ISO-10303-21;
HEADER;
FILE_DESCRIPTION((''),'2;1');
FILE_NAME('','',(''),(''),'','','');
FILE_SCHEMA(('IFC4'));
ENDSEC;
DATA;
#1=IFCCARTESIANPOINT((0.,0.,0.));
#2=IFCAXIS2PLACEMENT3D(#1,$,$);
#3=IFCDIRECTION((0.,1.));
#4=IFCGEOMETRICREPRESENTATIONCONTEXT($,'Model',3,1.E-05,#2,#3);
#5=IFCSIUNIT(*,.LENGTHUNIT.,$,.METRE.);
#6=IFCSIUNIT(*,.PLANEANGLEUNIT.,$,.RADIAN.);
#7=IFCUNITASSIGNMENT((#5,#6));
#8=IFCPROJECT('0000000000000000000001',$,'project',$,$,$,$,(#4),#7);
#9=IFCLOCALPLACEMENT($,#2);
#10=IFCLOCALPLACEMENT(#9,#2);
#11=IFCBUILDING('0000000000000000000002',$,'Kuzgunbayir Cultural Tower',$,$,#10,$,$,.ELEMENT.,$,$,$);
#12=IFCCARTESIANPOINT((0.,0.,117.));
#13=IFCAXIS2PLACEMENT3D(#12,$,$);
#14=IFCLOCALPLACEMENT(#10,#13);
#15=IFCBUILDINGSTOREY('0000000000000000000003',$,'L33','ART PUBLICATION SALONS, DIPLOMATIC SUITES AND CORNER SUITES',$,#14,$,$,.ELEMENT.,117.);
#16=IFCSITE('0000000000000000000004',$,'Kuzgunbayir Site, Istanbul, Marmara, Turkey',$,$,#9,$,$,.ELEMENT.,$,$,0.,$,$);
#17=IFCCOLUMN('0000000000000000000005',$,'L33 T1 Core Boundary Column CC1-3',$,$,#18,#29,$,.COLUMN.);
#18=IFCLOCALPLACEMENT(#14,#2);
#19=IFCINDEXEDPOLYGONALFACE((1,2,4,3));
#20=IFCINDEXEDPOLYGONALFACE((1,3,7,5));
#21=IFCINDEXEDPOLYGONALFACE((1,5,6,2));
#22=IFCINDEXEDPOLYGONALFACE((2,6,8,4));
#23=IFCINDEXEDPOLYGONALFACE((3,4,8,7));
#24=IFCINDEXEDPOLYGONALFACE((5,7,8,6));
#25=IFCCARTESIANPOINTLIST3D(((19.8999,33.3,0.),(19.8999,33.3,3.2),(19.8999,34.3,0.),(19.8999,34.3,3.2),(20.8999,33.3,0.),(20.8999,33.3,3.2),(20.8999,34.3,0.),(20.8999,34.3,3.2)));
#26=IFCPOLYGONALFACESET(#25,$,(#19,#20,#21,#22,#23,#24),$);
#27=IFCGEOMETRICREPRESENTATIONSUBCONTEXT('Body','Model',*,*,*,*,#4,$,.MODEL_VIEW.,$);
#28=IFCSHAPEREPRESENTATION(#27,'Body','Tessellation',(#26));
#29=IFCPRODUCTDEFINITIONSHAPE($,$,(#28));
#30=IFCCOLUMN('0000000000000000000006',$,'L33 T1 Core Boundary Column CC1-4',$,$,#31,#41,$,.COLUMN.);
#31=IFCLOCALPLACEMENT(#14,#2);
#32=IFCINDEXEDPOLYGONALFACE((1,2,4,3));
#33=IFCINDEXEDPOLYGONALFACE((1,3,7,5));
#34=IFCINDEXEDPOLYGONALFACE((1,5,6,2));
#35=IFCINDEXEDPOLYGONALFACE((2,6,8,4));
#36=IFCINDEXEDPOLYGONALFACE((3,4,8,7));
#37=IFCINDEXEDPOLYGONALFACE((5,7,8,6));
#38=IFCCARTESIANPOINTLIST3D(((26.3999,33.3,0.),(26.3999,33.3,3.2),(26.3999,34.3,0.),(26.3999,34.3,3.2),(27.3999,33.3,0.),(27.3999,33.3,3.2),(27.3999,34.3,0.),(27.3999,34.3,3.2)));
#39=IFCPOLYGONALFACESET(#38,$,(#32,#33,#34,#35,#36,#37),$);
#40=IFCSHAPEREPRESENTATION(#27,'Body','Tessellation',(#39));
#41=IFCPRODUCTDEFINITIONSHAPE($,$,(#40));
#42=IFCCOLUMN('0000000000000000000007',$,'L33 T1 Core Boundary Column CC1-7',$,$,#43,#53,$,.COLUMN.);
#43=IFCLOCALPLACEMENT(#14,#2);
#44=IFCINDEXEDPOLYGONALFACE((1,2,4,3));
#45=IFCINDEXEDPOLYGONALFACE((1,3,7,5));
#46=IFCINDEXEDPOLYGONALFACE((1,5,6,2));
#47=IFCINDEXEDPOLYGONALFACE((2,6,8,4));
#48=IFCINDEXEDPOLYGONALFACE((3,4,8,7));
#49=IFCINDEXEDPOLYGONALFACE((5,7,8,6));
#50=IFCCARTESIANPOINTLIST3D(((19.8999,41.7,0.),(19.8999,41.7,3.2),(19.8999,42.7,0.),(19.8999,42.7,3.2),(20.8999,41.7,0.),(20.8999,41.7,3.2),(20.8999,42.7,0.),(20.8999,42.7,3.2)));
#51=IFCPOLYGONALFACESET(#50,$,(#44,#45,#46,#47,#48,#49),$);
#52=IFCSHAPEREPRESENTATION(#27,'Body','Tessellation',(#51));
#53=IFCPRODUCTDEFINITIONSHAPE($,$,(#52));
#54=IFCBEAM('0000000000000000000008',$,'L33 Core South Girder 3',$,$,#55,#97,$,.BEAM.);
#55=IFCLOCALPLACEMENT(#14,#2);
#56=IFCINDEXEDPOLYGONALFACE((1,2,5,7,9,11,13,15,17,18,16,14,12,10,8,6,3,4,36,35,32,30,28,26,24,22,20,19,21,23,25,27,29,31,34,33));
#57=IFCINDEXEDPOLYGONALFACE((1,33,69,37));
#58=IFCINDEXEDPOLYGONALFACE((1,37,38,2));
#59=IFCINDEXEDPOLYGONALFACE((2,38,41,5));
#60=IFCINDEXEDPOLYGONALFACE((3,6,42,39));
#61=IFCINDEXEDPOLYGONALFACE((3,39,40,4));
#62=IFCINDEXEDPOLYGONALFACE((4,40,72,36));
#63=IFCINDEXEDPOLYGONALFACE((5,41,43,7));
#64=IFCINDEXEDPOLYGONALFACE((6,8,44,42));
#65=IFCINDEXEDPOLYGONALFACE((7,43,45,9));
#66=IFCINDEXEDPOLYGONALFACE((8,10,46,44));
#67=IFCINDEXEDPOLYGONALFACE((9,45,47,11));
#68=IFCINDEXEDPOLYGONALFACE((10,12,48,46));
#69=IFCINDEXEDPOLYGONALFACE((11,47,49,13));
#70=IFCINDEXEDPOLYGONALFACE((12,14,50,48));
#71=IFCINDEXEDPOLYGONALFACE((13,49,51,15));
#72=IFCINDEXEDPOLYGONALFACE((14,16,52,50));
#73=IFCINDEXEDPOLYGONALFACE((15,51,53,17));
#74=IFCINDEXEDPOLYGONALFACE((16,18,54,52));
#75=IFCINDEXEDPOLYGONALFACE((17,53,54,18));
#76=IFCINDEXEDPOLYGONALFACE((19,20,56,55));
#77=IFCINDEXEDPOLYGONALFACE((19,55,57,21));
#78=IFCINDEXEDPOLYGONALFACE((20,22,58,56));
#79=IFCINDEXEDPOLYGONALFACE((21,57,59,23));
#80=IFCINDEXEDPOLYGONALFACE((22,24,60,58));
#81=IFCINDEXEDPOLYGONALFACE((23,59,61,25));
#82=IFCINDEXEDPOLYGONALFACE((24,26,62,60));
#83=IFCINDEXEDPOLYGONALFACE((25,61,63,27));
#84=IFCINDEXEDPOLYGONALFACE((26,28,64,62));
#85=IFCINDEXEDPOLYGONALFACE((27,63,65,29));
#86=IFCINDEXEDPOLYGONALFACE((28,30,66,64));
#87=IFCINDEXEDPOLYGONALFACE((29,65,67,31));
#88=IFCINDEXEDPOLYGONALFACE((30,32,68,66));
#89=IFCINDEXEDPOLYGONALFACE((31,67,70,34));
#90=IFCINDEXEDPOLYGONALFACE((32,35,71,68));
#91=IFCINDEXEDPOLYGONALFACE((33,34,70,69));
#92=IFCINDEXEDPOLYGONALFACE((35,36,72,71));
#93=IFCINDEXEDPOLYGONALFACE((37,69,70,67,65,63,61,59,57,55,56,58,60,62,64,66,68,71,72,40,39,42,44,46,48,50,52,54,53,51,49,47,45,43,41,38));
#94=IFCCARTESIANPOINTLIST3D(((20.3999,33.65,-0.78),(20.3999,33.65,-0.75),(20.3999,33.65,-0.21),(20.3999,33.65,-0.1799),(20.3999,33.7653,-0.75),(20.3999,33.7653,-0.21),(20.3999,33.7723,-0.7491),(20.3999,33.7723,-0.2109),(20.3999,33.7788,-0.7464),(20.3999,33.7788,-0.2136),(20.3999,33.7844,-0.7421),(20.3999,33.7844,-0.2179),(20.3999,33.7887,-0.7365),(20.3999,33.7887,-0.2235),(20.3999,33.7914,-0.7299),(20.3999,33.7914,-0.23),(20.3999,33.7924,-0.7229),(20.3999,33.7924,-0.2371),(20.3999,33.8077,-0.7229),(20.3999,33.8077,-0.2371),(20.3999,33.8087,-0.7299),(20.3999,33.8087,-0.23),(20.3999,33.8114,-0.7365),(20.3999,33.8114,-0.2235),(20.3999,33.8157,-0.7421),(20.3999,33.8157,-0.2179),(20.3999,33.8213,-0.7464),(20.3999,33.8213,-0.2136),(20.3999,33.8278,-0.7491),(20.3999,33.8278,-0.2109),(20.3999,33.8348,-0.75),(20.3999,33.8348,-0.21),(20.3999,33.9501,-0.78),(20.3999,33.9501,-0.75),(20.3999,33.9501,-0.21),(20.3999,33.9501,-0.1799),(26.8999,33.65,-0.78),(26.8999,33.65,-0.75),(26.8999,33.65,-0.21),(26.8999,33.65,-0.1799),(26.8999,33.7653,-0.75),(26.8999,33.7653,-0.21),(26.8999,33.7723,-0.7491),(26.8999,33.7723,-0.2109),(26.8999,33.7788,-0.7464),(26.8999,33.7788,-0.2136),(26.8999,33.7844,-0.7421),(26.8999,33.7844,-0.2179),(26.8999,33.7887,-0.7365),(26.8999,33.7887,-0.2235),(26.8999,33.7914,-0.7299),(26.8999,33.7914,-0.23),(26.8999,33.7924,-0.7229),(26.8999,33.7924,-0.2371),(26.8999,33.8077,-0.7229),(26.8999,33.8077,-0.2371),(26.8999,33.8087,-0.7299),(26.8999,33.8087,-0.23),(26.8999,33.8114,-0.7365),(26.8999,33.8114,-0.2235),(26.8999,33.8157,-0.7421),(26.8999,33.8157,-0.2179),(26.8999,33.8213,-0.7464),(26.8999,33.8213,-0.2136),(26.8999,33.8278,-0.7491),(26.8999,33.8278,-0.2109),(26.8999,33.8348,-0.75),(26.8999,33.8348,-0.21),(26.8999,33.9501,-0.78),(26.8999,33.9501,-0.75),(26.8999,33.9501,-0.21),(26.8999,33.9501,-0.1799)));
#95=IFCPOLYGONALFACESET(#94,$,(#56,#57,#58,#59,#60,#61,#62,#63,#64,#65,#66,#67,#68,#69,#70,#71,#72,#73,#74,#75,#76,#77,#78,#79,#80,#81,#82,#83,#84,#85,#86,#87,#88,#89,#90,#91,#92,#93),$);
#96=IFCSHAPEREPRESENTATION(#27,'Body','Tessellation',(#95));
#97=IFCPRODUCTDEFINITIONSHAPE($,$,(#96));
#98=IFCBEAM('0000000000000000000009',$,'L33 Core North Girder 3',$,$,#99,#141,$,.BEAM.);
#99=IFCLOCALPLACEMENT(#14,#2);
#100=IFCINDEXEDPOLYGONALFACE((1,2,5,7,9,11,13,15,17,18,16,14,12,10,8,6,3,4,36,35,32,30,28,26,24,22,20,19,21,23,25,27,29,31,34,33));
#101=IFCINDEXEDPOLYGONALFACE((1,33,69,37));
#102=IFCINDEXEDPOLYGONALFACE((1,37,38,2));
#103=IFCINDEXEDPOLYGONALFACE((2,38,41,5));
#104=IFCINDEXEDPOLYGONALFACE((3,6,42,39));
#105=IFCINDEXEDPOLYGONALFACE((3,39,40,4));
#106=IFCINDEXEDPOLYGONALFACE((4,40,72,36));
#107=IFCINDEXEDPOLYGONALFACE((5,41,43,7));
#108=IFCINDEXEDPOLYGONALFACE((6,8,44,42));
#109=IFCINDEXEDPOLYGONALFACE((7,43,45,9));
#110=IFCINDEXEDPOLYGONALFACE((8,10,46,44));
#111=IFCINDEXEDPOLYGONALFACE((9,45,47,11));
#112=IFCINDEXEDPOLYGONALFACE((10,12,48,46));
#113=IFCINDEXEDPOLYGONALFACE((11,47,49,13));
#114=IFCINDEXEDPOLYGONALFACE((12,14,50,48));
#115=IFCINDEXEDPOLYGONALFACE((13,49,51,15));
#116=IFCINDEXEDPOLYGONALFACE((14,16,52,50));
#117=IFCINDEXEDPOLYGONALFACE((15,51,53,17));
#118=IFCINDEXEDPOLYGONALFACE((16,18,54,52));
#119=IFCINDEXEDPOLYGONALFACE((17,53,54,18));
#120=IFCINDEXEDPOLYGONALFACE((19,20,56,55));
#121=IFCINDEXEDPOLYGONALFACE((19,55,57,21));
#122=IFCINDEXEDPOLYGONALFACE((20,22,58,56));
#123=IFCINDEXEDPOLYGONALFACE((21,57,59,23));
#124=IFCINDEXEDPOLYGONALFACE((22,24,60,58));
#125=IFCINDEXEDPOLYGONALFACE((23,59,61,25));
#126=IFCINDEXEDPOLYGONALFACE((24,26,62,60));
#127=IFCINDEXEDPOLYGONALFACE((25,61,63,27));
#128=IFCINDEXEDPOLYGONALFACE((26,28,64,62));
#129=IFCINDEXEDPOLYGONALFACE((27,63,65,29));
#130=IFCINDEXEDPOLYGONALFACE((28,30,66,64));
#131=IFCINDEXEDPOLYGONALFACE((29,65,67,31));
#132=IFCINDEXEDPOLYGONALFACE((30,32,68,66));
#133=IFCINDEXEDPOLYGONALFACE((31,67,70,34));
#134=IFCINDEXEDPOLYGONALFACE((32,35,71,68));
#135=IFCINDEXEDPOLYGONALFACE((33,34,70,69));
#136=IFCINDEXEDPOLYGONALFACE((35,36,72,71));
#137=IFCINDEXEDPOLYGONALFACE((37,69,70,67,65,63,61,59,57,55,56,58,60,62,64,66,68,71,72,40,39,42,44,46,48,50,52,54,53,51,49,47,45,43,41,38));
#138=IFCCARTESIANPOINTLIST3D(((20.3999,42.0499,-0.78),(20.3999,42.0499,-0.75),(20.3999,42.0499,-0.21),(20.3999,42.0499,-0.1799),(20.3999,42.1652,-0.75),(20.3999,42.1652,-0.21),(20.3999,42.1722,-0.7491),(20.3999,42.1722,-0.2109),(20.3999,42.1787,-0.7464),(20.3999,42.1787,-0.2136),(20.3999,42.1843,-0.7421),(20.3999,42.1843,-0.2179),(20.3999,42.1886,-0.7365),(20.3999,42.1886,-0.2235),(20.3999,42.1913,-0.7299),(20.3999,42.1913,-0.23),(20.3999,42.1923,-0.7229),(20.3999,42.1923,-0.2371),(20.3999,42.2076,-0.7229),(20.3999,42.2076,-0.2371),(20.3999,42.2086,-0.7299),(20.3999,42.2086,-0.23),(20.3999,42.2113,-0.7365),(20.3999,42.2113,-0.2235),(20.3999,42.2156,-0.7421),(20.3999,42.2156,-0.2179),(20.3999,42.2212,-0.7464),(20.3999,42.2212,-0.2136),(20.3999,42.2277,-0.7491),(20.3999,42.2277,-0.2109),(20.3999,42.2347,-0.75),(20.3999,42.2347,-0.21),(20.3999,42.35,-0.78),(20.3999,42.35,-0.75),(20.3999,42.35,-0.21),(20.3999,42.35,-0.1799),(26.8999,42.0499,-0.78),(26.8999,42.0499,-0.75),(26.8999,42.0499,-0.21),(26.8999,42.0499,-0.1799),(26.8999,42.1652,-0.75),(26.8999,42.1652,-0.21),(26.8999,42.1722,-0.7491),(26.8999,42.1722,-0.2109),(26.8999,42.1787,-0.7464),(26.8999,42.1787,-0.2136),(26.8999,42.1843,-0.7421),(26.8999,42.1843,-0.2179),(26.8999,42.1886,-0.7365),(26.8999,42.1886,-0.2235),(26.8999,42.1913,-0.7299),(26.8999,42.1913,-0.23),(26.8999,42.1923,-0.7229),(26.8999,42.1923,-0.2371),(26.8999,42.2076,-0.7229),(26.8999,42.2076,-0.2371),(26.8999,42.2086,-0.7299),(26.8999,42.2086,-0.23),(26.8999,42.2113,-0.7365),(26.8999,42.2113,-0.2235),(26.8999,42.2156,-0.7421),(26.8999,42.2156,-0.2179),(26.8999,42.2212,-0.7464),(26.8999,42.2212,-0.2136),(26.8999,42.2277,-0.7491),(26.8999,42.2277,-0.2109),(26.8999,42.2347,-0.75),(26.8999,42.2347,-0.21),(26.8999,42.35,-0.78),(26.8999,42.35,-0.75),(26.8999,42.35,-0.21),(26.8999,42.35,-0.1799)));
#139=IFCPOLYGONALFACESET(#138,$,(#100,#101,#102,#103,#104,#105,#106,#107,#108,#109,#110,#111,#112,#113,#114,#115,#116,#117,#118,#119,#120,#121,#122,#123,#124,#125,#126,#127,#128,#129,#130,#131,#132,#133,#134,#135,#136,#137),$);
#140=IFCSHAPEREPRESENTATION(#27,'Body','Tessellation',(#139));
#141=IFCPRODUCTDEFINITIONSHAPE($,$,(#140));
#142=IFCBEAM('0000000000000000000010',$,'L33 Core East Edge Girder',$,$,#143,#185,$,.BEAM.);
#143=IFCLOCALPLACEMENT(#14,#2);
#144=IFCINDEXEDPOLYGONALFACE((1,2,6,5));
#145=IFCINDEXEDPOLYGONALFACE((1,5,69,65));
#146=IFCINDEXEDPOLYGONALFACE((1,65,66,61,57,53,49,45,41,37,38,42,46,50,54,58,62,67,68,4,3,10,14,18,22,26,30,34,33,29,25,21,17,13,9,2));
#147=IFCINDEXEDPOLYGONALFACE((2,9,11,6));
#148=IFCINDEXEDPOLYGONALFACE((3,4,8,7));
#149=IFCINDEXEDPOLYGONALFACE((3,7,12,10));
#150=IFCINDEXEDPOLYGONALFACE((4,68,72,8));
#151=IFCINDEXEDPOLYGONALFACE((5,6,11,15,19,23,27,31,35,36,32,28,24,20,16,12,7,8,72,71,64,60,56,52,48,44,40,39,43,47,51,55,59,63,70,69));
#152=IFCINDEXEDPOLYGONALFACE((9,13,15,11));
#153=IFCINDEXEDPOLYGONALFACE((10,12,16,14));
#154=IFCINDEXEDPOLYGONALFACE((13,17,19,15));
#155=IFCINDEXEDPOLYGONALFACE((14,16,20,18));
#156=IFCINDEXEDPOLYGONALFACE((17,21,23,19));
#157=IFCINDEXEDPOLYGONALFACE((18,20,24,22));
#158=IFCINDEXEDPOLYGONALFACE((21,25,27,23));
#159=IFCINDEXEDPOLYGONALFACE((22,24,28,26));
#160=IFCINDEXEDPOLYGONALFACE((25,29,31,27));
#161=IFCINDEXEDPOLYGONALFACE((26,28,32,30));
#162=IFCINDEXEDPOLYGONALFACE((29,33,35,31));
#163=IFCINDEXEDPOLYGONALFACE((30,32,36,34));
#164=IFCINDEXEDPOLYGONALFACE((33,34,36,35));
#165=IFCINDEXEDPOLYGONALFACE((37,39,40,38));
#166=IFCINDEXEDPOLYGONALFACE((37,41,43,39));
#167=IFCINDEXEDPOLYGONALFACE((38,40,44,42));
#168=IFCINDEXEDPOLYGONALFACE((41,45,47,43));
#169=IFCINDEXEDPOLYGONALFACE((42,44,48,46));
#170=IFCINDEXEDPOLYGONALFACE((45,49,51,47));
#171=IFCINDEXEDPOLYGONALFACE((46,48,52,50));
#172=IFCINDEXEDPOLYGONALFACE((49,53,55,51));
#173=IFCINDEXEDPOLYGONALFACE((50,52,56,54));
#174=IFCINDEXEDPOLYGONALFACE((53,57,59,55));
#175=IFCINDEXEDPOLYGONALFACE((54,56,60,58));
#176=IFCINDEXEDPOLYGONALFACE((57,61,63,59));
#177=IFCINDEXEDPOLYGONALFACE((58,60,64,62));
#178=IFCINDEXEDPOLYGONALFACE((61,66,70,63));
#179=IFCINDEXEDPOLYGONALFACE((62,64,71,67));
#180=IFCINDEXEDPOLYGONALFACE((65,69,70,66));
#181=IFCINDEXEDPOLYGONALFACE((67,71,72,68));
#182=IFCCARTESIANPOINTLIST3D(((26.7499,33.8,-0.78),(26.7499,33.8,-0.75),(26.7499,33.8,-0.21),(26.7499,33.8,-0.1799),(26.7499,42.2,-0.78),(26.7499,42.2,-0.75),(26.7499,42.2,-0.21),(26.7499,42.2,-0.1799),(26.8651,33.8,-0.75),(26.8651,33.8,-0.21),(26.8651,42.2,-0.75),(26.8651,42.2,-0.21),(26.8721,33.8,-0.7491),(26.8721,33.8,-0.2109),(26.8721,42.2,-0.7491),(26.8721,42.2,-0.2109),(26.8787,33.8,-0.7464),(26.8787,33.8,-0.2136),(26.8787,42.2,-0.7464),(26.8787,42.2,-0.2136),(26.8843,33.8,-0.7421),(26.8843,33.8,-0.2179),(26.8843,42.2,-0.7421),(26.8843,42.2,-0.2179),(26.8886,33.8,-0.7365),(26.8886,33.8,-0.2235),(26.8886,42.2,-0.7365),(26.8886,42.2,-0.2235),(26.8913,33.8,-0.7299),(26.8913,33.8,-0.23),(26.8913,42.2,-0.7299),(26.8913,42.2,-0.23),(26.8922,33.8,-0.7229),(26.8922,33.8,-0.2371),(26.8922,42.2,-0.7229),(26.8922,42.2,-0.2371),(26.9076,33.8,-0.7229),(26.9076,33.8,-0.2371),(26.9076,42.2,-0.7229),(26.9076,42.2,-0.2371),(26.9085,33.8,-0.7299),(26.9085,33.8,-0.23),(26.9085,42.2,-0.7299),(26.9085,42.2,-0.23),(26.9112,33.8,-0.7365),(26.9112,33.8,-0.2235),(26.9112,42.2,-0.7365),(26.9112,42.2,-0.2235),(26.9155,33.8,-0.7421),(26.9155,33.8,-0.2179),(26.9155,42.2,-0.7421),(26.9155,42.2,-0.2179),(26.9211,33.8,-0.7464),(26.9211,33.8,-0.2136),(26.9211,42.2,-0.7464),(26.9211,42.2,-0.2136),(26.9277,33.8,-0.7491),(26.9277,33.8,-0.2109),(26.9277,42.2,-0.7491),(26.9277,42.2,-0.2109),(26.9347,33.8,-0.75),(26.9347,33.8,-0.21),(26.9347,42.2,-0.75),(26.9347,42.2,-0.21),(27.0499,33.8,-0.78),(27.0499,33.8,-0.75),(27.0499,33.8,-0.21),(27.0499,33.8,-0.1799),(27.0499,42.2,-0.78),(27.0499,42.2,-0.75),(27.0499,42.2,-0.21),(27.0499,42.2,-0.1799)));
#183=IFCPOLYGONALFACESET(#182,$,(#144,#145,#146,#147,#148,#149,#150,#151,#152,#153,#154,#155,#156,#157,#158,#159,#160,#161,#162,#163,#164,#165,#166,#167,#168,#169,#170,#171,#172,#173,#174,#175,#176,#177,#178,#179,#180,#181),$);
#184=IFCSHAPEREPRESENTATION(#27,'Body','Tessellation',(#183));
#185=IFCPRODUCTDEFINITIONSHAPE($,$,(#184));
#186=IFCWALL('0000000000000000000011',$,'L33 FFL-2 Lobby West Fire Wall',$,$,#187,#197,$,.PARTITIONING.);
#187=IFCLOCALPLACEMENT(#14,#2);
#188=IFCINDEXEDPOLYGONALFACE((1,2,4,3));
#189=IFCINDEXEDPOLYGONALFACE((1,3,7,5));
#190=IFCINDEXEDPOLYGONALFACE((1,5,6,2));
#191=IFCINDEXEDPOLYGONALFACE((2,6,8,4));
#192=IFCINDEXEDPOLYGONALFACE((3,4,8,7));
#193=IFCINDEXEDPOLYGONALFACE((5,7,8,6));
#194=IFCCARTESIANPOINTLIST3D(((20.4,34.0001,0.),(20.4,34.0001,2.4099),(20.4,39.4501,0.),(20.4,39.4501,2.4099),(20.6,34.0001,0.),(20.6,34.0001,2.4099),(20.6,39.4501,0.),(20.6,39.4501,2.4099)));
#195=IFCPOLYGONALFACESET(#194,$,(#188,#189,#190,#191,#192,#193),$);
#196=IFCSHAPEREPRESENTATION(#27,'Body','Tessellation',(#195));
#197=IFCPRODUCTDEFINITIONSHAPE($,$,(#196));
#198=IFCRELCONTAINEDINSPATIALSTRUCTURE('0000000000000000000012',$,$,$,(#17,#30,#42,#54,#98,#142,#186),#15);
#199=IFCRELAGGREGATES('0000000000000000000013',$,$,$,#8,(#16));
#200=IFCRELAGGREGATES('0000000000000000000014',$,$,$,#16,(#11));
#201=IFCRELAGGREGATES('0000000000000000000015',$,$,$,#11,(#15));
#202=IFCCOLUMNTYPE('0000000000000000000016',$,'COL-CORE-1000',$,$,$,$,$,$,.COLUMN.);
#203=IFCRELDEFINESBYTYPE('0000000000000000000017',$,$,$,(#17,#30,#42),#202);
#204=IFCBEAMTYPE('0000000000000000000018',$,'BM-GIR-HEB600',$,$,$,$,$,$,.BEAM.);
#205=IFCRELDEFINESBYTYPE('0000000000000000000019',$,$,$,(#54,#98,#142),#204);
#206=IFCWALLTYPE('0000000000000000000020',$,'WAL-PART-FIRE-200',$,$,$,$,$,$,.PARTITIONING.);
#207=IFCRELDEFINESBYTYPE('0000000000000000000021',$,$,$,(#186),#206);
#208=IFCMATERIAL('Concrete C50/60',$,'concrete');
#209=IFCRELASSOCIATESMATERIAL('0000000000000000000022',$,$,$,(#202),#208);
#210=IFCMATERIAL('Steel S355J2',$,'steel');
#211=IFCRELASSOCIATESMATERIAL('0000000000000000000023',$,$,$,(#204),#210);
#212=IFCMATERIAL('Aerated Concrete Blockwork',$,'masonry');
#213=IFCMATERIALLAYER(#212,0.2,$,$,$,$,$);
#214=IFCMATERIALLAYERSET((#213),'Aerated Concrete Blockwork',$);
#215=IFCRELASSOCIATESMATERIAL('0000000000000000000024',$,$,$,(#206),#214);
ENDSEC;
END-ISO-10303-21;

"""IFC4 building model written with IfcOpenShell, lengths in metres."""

from ifc_helpers import new_model, si_unit, direction, frame, frame_2d, origin, origin_2d, place, context, subcontext, project, spatial, rectangle, i_section, extrude, material, layer, layer_set, material_profile, profile_set, type_object, element, save


model = new_model("IFC4")

# Units and contexts
model_context = context("Model", 3, precision=1e-05, world=origin(), true_north=direction((0.0, 1.0)))
body_context = subcontext(model_context, "Body", "Model", "MODEL_VIEW")
ifc_project = project(units=[si_unit("LENGTHUNIT", "METRE"), si_unit("PLANEANGLEUNIT", "RADIAN")], contexts=[model_context])

# Site, building, storey
site_placement = place(None, origin())
site = spatial("IfcSite", under=ifc_project, at=site_placement, Name="Kuzgunbayir Site, Istanbul, Marmara, Turkey", CompositionType="ELEMENT", RefElevation=0.0)
building_placement = place(site_placement, origin())
building = spatial("IfcBuilding", under=site, at=building_placement, Name="Kuzgunbayir Cultural Tower", CompositionType="ELEMENT")
storey_placement = place(building_placement, frame((0.0, 0.0, 117.0)))
storey = spatial("IfcBuildingStorey", under=building, at=storey_placement, Name="L33", Description="ART PUBLICATION SALONS, DIPLOMATIC SUITES AND CORNER SUITES", CompositionType="ELEMENT", Elevation=117.0)

# Columns
ifc_material_1 = material(Name="Concrete C50/60", Category="concrete")
ifc_material_profile_1 = material_profile(ifc_material_1, rectangle(XDim=1.0, YDim=1.0, at=origin_2d()), Name="RC 1000x1000")
ifc_profile_set_1 = profile_set([ifc_material_profile_1], Name="Concrete C50/60")
column_type = type_object("IfcColumnType", Name="COL-CORE-1000", PredefinedType="COLUMN", material=ifc_profile_set_1)
for number, where, z_axis, x_axis, name in (
    (1, (20.3999, 33.8, 0.0), (0.0, 0.0, 1.0), (1.0, 0.0, 0.0), "L33 T1 Core Boundary Column CC1-3"),
    (2, (26.8999, 33.8, 0.0), (0.0, 0.0, 1.0), (1.0, 0.0, 0.0), "L33 T1 Core Boundary Column CC1-4"),
    (3, (20.3999, 42.2, 0.0), (0.0, 0.0, 1.0), (1.0, 0.0, 0.0), "L33 T1 Core Boundary Column CC1-7"),
):
    element("IfcColumn", number, at=place(storey_placement, frame(where, z_axis=z_axis, x_axis=x_axis)), inside=storey, type_object=column_type, Name=name, PredefinedType="COLUMN", context=body_context, shape_type="SweptSolid", body=[
        extrude(rectangle(XDim=1.0, YDim=1.0, at=origin_2d()), origin(), (0.0, 0.0, 1.0), 3.2),
    ])

# Beams
ifc_material_2 = material(Name="Steel S355J2", Category="steel")
ifc_material_profile_2 = material_profile(ifc_material_2, i_section(OverallWidth=0.3, OverallDepth=0.6001, WebThickness=0.0154, FlangeThickness=0.03, FilletRadius=0.0271, at=origin_2d()), Name="HEB 600")
ifc_profile_set_2 = profile_set([ifc_material_profile_2], Name="Steel S355J2")
beam_type = type_object("IfcBeamType", Name="BM-GIR-HEB600", PredefinedType="BEAM", material=ifc_profile_set_2)
for number, where, z_axis, x_axis, name in (
    (4, (20.3999, 33.8, -0.48), (1.0, 0.0, 0.0), (0.0, 1.0, 0.0), "L33 Core South Girder 3"),
    (5, (20.3999, 42.2, -0.48), (1.0, 0.0, 0.0), (0.0, 1.0, 0.0), "L33 Core North Girder 3"),
):
    element("IfcBeam", number, at=place(storey_placement, frame(where, z_axis=z_axis, x_axis=x_axis)), inside=storey, type_object=beam_type, Name=name, PredefinedType="BEAM", context=body_context, shape_type="SweptSolid", body=[
        extrude(i_section(OverallWidth=0.3, OverallDepth=0.6001, WebThickness=0.0154, FlangeThickness=0.03, FilletRadius=0.0271, at=origin_2d()), origin(), (0.0, 0.0, 1.0), 6.5),
    ])
beam_placement = place(storey_placement, frame((26.8999, 33.8, -0.48), z_axis=(0.0, 1.0, 0.0), x_axis=(-1.0, 0.0, 0.0)))
element("IfcBeam", 6, at=beam_placement, inside=storey, type_object=beam_type, Name="L33 Core East Edge Girder", PredefinedType="BEAM", context=body_context, shape_type="SweptSolid", body=[
    extrude(i_section(OverallWidth=0.3, OverallDepth=0.6001, WebThickness=0.0154, FlangeThickness=0.03, FilletRadius=0.0271, at=origin_2d()), origin(), (0.0, 0.0, 1.0), 8.3999),
])

# Wall
ifc_material_3 = material(Name="Aerated Concrete Blockwork", Category="masonry")
ifc_layer_1 = layer(ifc_material_3, 0.2)
ifc_layer_set_1 = layer_set([ifc_layer_1], Name="Aerated Concrete Blockwork")
wall_type_1 = type_object("IfcWallType", Name="WAL-PART-FIRE-200", PredefinedType="PARTITIONING", material=ifc_layer_set_1)
wall_1_placement = place(storey_placement, frame((20.5, 34.0, 0.0), z_axis=(0.0, 0.0, 1.0), x_axis=(0.0, 1.0, 0.0)))
element("IfcWall", 7, at=wall_1_placement, inside=storey, type_object=wall_type_1, Name="L33 FFL-2 Lobby West Fire Wall", PredefinedType="PARTITIONING", context=body_context, shape_type="SweptSolid", body=[
    extrude(rectangle(XDim=5.45, YDim=0.2, at=frame_2d((2.7251, 0.0))), origin(), (0.0, 0.0, 1.0), 2.4099),
])

save(model, "model.ifc")
